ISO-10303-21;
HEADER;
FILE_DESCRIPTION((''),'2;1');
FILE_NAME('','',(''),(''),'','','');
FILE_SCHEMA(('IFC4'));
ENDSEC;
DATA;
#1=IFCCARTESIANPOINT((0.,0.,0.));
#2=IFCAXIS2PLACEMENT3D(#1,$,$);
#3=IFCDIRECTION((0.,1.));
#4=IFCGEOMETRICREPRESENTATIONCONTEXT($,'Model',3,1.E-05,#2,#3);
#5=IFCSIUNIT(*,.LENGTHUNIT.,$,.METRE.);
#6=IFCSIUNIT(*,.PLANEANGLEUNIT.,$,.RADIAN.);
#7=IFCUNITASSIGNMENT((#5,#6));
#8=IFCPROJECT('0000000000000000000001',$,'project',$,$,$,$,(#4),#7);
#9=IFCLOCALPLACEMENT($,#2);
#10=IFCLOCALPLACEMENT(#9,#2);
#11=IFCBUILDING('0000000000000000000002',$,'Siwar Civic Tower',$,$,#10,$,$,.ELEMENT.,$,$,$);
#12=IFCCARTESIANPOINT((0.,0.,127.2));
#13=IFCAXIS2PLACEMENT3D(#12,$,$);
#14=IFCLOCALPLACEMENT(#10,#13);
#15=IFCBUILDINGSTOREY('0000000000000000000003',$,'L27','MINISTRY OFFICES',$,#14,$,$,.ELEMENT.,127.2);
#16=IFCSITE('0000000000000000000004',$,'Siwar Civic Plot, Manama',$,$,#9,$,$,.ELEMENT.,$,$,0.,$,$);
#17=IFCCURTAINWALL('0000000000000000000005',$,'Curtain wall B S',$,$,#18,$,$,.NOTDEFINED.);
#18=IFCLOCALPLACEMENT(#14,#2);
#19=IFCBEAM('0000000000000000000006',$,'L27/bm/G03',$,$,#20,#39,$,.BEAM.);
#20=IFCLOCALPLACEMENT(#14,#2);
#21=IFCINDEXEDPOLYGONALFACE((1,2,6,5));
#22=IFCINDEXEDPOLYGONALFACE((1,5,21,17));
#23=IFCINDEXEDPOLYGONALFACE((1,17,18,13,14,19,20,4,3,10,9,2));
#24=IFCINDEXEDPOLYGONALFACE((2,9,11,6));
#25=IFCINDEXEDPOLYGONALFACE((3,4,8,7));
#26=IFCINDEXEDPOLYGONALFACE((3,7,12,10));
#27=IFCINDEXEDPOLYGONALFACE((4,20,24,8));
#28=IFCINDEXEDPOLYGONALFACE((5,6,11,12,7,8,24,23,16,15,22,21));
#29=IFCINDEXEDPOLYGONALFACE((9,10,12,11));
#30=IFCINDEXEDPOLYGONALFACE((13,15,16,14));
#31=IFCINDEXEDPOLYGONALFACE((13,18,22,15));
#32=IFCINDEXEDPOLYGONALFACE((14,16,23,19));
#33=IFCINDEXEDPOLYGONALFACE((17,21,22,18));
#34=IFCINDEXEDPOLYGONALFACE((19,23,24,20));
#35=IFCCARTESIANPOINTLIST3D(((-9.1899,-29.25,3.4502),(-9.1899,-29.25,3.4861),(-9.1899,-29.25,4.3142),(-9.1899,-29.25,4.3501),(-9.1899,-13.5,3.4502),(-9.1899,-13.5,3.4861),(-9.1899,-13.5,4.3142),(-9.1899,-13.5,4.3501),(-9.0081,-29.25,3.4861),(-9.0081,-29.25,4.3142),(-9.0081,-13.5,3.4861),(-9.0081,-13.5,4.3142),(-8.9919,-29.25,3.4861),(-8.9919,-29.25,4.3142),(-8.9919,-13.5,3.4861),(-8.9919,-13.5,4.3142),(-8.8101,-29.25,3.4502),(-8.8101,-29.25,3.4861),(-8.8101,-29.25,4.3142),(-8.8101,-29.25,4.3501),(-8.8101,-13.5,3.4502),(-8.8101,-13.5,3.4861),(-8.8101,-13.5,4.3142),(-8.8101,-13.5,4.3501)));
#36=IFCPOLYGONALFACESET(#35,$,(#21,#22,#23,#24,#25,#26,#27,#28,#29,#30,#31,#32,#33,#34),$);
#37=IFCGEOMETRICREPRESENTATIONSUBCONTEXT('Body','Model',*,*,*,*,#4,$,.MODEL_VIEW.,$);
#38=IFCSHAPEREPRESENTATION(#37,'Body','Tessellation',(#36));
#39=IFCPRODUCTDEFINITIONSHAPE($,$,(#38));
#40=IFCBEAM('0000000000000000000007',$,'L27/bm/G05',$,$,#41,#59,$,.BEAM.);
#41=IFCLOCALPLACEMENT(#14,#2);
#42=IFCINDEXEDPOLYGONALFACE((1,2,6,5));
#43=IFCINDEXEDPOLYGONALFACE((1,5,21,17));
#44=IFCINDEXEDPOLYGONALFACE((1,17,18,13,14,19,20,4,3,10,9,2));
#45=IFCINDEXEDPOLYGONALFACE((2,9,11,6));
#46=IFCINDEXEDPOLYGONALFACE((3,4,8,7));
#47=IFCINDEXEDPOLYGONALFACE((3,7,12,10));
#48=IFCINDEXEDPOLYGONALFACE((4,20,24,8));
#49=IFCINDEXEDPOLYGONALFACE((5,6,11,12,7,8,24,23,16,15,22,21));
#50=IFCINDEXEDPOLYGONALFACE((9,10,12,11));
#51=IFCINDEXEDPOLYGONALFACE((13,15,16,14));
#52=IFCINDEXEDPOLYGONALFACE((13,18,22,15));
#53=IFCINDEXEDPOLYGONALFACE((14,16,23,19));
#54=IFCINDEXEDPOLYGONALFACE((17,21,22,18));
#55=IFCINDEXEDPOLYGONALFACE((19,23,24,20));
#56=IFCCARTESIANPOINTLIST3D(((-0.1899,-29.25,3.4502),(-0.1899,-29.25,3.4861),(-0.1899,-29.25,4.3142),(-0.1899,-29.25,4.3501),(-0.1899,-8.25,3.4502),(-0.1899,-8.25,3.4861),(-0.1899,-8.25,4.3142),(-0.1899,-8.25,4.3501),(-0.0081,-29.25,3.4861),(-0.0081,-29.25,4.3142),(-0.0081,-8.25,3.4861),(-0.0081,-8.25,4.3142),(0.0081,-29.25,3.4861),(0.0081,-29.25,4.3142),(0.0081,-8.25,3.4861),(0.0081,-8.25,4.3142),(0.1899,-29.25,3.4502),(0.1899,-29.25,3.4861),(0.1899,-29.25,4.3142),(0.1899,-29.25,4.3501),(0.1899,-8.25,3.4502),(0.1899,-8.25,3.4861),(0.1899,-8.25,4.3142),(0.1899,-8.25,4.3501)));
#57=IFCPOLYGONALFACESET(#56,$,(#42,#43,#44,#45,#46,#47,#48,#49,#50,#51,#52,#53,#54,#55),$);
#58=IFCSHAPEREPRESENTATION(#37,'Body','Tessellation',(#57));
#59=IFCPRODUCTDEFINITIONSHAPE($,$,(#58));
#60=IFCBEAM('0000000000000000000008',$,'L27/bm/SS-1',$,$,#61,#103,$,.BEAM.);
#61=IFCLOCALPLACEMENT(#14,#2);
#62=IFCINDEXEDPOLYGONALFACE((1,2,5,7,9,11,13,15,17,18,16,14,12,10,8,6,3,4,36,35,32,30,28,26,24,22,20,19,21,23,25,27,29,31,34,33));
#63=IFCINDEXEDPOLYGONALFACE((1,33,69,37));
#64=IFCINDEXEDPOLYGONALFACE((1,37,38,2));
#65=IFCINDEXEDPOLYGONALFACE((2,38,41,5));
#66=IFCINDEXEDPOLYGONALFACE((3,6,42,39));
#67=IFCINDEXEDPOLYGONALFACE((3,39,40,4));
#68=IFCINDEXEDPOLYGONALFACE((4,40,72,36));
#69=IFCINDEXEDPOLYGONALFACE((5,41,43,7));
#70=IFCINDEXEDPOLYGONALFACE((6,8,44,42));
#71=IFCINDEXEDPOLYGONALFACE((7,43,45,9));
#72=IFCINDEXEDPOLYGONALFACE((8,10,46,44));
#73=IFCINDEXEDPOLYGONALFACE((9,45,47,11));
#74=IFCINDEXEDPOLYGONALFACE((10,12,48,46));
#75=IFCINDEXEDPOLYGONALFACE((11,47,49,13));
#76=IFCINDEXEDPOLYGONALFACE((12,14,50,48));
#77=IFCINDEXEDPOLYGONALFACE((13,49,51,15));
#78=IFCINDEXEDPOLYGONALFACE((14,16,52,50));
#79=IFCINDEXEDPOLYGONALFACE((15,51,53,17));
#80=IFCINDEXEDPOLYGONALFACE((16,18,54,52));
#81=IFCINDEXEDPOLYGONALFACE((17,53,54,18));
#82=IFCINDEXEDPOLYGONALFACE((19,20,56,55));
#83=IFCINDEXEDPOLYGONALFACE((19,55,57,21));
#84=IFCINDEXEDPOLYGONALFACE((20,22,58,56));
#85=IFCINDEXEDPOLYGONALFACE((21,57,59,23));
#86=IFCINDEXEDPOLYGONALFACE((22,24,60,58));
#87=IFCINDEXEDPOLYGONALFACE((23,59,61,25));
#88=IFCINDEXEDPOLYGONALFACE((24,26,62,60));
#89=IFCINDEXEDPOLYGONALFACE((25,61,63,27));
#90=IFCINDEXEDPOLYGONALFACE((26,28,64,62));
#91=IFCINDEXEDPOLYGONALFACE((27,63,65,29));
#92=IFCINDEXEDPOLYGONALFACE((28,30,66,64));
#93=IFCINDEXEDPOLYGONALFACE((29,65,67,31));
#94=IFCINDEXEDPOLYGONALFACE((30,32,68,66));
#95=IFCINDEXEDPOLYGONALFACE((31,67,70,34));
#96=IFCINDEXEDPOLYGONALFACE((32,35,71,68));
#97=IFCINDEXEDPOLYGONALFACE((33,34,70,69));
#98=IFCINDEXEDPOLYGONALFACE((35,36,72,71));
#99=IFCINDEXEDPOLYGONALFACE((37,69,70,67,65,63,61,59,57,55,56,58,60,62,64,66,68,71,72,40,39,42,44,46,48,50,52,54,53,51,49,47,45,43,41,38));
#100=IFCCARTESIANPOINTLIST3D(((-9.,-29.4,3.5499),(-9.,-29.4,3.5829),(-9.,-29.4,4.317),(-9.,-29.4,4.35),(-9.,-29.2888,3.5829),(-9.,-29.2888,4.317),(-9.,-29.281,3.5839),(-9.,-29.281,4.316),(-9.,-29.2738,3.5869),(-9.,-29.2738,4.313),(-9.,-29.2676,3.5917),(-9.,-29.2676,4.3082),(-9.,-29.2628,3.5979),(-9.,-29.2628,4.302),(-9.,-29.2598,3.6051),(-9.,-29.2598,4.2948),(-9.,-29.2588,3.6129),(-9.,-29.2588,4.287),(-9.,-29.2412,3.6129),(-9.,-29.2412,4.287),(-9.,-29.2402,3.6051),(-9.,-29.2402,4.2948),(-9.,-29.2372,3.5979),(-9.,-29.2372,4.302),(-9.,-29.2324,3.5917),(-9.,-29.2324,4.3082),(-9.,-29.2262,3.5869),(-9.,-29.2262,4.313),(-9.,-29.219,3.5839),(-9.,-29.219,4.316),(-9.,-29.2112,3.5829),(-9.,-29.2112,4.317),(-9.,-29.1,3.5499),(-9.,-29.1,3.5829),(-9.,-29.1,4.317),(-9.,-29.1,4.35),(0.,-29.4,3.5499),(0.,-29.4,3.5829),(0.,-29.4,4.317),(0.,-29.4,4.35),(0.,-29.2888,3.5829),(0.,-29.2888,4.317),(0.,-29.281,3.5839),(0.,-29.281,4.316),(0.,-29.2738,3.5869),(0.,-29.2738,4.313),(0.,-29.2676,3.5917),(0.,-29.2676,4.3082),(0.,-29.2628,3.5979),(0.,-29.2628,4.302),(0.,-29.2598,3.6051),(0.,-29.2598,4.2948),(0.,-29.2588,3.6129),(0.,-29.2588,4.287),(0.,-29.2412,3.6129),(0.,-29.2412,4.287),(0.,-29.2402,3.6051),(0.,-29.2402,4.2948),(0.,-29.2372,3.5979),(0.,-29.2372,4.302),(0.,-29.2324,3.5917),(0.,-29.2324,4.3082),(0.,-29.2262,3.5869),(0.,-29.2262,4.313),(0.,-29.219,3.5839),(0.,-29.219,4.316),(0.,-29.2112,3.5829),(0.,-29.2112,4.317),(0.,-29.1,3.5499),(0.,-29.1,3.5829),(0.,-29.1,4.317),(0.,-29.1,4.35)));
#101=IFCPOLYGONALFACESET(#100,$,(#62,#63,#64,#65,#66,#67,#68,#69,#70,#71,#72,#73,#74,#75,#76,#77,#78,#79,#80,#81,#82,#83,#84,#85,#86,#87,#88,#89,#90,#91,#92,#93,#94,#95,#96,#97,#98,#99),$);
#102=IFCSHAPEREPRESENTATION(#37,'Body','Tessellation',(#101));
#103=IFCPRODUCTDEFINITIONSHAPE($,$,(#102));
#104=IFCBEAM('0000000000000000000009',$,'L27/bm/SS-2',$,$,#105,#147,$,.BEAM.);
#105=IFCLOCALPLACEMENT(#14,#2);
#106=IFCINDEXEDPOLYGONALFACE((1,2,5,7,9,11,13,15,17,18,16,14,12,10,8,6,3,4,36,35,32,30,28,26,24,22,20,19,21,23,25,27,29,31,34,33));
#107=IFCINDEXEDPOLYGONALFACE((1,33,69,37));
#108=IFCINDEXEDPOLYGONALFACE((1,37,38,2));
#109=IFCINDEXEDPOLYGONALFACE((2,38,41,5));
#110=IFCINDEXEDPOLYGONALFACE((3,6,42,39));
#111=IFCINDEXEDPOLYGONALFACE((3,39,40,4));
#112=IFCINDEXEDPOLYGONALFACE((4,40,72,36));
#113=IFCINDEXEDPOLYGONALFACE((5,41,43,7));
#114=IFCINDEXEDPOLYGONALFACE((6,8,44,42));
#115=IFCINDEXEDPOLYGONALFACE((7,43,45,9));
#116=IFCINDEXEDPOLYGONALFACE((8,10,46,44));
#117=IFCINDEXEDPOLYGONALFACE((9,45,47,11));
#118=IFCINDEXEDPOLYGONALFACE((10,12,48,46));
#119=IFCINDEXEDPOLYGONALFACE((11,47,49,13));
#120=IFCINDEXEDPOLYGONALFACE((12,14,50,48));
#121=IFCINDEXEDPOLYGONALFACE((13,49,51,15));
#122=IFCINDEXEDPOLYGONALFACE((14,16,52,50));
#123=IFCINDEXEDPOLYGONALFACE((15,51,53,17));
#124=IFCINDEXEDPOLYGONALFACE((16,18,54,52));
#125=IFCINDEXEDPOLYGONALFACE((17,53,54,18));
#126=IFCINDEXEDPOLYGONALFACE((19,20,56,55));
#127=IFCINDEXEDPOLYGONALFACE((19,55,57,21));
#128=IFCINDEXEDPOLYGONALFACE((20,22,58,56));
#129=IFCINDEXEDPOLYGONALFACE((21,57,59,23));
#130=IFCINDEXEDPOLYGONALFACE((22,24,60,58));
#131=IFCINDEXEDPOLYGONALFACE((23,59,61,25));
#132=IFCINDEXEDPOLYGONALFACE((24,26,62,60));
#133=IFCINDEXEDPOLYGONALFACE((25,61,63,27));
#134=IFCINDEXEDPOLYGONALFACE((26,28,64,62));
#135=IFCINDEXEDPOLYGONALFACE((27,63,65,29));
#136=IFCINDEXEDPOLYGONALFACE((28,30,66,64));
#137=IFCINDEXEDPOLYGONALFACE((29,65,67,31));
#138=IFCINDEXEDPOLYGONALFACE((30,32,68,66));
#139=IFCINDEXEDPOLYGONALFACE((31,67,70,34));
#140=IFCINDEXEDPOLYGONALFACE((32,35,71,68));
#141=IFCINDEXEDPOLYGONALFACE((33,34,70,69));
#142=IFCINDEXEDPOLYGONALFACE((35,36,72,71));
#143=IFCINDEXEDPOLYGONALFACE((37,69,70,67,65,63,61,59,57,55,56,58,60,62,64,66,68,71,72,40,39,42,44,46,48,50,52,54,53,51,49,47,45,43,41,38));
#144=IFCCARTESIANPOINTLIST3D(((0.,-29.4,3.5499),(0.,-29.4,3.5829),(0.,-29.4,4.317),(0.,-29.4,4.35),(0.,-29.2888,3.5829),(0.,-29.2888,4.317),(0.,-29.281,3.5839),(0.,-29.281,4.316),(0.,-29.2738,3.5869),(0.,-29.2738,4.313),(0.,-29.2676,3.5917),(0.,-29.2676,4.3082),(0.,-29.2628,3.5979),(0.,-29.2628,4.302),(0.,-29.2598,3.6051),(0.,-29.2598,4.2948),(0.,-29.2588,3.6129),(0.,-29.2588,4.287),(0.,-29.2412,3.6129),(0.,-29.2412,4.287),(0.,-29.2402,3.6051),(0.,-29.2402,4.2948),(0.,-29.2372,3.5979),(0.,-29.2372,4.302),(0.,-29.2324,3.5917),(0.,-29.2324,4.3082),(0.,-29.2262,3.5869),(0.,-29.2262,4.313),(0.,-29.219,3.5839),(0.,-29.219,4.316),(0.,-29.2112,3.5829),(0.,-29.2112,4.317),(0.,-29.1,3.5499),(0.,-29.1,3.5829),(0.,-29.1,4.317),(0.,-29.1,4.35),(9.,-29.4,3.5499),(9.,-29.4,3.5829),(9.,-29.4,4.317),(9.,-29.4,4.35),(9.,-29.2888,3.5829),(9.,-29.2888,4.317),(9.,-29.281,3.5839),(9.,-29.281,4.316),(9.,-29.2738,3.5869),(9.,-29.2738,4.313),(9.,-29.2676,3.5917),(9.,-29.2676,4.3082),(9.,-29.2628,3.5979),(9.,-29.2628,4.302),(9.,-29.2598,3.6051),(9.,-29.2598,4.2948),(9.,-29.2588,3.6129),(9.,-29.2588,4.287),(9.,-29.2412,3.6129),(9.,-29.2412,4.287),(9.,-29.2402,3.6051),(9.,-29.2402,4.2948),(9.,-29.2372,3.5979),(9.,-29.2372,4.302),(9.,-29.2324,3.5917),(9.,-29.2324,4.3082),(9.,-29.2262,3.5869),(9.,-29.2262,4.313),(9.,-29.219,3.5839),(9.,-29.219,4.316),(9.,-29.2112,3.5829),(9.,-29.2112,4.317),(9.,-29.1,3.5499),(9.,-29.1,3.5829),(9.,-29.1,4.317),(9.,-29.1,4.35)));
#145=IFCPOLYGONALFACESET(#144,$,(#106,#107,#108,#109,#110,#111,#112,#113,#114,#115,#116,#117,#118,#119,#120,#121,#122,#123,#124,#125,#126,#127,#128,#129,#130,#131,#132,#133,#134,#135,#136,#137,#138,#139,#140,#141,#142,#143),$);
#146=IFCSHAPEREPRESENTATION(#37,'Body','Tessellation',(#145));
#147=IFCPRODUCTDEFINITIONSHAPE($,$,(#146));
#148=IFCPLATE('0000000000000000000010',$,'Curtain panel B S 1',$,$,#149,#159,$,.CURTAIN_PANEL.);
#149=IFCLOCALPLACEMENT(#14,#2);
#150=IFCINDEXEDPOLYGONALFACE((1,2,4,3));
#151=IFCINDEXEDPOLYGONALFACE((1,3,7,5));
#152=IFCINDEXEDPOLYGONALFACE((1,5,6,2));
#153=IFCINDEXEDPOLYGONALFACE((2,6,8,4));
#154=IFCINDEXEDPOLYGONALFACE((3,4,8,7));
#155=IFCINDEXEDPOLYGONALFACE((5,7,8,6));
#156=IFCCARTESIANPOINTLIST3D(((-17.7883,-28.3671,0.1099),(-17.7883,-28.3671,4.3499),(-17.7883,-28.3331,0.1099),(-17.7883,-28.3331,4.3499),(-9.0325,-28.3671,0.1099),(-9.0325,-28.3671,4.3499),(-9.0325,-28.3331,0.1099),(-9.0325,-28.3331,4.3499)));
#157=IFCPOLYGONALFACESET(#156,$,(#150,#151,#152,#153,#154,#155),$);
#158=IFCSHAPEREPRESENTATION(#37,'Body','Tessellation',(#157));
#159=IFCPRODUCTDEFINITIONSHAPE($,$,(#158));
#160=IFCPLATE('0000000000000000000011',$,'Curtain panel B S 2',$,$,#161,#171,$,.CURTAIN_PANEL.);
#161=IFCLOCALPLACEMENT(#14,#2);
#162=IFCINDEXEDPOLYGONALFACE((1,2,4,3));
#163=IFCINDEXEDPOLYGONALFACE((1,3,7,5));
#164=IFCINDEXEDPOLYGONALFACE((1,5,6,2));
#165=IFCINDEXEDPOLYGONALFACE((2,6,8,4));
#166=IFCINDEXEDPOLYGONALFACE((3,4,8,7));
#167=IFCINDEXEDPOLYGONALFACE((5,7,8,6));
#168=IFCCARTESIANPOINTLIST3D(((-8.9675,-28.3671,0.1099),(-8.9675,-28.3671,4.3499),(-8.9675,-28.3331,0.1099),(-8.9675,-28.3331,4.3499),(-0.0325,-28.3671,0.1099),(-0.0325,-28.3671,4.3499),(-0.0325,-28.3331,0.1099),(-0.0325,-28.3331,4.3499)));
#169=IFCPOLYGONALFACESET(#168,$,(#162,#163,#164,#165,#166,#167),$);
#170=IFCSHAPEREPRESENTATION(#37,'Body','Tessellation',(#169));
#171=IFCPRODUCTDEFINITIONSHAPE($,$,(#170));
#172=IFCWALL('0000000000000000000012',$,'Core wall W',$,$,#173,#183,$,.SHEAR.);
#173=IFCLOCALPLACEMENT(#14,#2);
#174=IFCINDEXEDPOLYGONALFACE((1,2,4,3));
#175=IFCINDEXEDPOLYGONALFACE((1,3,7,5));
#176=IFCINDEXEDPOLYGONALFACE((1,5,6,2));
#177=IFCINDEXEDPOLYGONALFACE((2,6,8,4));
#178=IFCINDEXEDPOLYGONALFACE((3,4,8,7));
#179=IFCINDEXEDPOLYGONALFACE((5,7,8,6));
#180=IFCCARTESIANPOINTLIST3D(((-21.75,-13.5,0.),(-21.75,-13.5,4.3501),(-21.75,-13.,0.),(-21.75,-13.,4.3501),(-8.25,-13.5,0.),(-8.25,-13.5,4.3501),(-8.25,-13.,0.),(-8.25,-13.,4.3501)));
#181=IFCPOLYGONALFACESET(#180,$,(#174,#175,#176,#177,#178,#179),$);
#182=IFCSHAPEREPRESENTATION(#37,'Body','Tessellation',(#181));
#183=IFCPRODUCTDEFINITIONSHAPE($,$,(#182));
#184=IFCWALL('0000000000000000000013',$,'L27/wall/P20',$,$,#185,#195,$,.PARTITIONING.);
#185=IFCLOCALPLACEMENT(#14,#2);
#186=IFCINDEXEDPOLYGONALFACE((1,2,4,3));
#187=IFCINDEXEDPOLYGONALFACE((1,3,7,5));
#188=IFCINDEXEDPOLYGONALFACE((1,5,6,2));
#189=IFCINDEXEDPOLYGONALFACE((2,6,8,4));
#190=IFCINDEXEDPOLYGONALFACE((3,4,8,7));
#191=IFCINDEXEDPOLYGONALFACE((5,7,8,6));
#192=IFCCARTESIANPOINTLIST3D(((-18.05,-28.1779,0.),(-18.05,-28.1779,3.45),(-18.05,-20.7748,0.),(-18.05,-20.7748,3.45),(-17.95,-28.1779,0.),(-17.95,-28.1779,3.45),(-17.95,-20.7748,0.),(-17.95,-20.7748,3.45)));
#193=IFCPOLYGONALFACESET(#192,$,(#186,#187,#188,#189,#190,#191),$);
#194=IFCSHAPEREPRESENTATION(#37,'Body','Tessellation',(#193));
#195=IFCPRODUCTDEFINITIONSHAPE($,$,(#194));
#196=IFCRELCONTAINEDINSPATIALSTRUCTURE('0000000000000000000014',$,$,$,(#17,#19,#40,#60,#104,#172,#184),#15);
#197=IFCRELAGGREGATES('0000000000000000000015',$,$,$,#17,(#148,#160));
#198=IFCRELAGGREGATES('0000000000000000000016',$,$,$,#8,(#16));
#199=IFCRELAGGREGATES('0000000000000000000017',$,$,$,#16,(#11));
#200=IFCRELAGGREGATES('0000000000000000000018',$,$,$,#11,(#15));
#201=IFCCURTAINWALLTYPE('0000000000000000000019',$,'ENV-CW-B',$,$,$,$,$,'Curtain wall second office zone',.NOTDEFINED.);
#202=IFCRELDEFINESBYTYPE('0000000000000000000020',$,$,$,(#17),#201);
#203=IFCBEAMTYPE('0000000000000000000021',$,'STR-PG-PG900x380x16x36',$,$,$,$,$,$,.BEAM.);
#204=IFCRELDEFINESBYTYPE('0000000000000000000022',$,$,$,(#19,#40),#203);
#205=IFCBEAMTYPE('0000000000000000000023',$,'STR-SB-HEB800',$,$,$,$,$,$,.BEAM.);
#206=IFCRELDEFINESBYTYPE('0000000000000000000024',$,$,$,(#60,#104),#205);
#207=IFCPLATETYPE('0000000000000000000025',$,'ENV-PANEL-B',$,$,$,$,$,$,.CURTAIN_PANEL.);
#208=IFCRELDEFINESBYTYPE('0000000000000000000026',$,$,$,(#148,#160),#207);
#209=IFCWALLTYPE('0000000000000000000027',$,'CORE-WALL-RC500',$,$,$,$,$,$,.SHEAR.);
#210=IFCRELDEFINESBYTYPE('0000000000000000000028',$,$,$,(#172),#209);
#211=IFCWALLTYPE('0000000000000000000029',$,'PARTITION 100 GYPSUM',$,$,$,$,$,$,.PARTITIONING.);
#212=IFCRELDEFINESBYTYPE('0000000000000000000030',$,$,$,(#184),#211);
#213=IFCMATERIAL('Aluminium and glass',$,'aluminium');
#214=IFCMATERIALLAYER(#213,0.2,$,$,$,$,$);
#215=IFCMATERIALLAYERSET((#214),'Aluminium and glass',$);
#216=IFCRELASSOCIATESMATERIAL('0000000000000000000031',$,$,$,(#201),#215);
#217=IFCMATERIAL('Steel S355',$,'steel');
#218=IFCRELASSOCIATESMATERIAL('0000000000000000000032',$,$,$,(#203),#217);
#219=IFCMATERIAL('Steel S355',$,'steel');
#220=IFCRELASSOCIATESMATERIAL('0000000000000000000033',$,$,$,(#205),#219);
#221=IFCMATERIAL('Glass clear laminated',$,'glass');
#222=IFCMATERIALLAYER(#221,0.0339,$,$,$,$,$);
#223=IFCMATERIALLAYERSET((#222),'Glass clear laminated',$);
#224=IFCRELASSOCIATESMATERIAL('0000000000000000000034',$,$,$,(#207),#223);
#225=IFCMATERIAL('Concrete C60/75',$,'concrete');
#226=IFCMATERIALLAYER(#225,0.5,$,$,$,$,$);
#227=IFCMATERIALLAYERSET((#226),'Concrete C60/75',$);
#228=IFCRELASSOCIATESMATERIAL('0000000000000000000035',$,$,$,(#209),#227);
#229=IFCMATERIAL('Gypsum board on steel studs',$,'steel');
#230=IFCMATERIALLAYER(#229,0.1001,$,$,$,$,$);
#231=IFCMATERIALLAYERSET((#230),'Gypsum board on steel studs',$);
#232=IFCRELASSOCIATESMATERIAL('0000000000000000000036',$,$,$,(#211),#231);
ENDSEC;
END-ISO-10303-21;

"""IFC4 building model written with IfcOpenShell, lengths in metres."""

from ifc_helpers import new_model, si_unit, direction, frame, frame_2d, origin, origin_2d, place, context, subcontext, project, spatial, rectangle, i_section, extrude, material, layer, layer_set, material_profile, profile_set, type_object, element, aggregate, save


model = new_model("IFC4")

# Units and contexts
model_context = context("Model", 3, precision=1e-05, world=origin(), true_north=direction((0.0, 1.0)))
body_context = subcontext(model_context, "Body", "Model", "MODEL_VIEW")
ifc_project = project(units=[si_unit("LENGTHUNIT", "METRE"), si_unit("PLANEANGLEUNIT", "RADIAN")], contexts=[model_context])

# Site, building, storey
site_placement = place(None, origin())
site = spatial("IfcSite", under=ifc_project, at=site_placement, Name="Siwar Civic Plot, Manama", CompositionType="ELEMENT", RefElevation=0.0)
building_placement = place(site_placement, origin())
building = spatial("IfcBuilding", under=site, at=building_placement, Name="Siwar Civic Tower", CompositionType="ELEMENT")
storey_placement = place(building_placement, frame((0.0, 0.0, 127.2)))
storey = spatial("IfcBuildingStorey", under=building, at=storey_placement, Name="L27", Description="MINISTRY OFFICES", CompositionType="ELEMENT", Elevation=127.2)

# Curtain wall
ifc_material_1 = material(Name="Aluminium and glass", Category="aluminium")
ifc_layer_1 = layer(ifc_material_1, 0.2)
ifc_layer_set_1 = layer_set([ifc_layer_1], Name="Aluminium and glass")
curtain_wall_type = type_object("IfcCurtainWallType", Name="ENV-CW-B", ElementType="Curtain wall second office zone", PredefinedType="NOTDEFINED", material=ifc_layer_set_1)
curtain_wall_placement = place(storey_placement, origin())
curtain_wall = element("IfcCurtainWall", 1, at=curtain_wall_placement, inside=storey, type_object=curtain_wall_type, Name="Curtain wall B S", PredefinedType="NOTDEFINED")

# Beams
ifc_material_2 = material(Name="Steel S355", Category="steel")
ifc_material_profile_1 = material_profile(ifc_material_2, i_section(OverallWidth=0.3799, OverallDepth=0.8999, WebThickness=0.0161, FlangeThickness=0.0359, at=origin_2d()), Name="PG900x380x16x36")
ifc_profile_set_1 = profile_set([ifc_material_profile_1], Name="Steel S355")
beam_type_1 = type_object("IfcBeamType", Name="STR-PG-PG900x380x16x36", PredefinedType="BEAM", material=ifc_profile_set_1)
beam_1_placement = place(storey_placement, frame((-9.0, -29.25, 3.9001), z_axis=(0.0, 1.0, 0.0), x_axis=(-1.0, 0.0, 0.0)))
element("IfcBeam", 2, at=beam_1_placement, inside=storey, type_object=beam_type_1, Name="L27/bm/G03", PredefinedType="BEAM", context=body_context, shape_type="SweptSolid", body=[
    extrude(i_section(OverallWidth=0.3799, OverallDepth=0.8999, WebThickness=0.0161, FlangeThickness=0.0359, at=origin_2d()), origin(), (0.0, 0.0, 1.0), 15.75),
])
beam_2_placement = place(storey_placement, frame((0.0, -29.25, 3.9001), z_axis=(0.0, 1.0, 0.0), x_axis=(-1.0, 0.0, 0.0)))
element("IfcBeam", 3, at=beam_2_placement, inside=storey, type_object=beam_type_1, Name="L27/bm/G05", PredefinedType="BEAM", context=body_context, shape_type="SweptSolid", body=[
    extrude(i_section(OverallWidth=0.3799, OverallDepth=0.8999, WebThickness=0.0161, FlangeThickness=0.0359, at=origin_2d()), origin(), (0.0, 0.0, 1.0), 21.0),
])
ifc_material_3 = material(Name="Steel S355", Category="steel")
ifc_material_profile_2 = material_profile(ifc_material_3, i_section(OverallWidth=0.3, OverallDepth=0.8, WebThickness=0.0176, FlangeThickness=0.033, FilletRadius=0.03, at=origin_2d()), Name="HEB800")
ifc_profile_set_2 = profile_set([ifc_material_profile_2], Name="Steel S355")
beam_type_2 = type_object("IfcBeamType", Name="STR-SB-HEB800", PredefinedType="BEAM", material=ifc_profile_set_2)
for number, where, z_axis, x_axis, name in (
    (4, (-9.0, -29.25, 3.95), (1.0, 0.0, 0.0), (0.0, 1.0, 0.0), "L27/bm/SS-1"),
    (5, (0.0, -29.25, 3.95), (1.0, 0.0, 0.0), (0.0, 1.0, 0.0), "L27/bm/SS-2"),
):
    element("IfcBeam", number, at=place(storey_placement, frame(where, z_axis=z_axis, x_axis=x_axis)), inside=storey, type_object=beam_type_2, Name=name, PredefinedType="BEAM", context=body_context, shape_type="SweptSolid", body=[
        extrude(i_section(OverallWidth=0.3, OverallDepth=0.8, WebThickness=0.0176, FlangeThickness=0.033, FilletRadius=0.03, at=origin_2d()), origin(), (0.0, 0.0, 1.0), 9.0),
    ])

# Plates
ifc_material_4 = material(Name="Glass clear laminated", Category="glass")
ifc_layer_2 = layer(ifc_material_4, 0.0339)
ifc_layer_set_2 = layer_set([ifc_layer_2], Name="Glass clear laminated")
plate_type = type_object("IfcPlateType", Name="ENV-PANEL-B", PredefinedType="CURTAIN_PANEL", material=ifc_layer_set_2)
plate_1_placement = place(storey_placement, frame((-13.4104, -28.3501, 0.1099), z_axis=(0.0, 0.0, 1.0), x_axis=(1.0, 0.0, 0.0)))
plate_1 = element("IfcPlate", 6, at=plate_1_placement, type_object=plate_type, Name="Curtain panel B S 1", PredefinedType="CURTAIN_PANEL", context=body_context, shape_type="SweptSolid", body=[
    extrude(rectangle(XDim=8.7559, YDim=0.0339, at=origin_2d()), origin(), (0.0, 0.0, 1.0), 4.24),
])
plate_2_placement = place(storey_placement, frame((-4.5, -28.3501, 0.1099), z_axis=(0.0, 0.0, 1.0), x_axis=(1.0, 0.0, 0.0)))
plate_2 = element("IfcPlate", 7, at=plate_2_placement, type_object=plate_type, Name="Curtain panel B S 2", PredefinedType="CURTAIN_PANEL", context=body_context, shape_type="SweptSolid", body=[
    extrude(rectangle(XDim=8.9351, YDim=0.0339, at=origin_2d()), origin(), (0.0, 0.0, 1.0), 4.24),
])
aggregate(curtain_wall, [plate_1, plate_2])

# Walls
ifc_material_5 = material(Name="Concrete C60/75", Category="concrete")
ifc_layer_3 = layer(ifc_material_5, 0.5)
ifc_layer_set_3 = layer_set([ifc_layer_3], Name="Concrete C60/75")
wall_type_1 = type_object("IfcWallType", Name="CORE-WALL-RC500", PredefinedType="SHEAR", material=ifc_layer_set_3)
wall_1_placement = place(storey_placement, frame((-8.25, -13.25, 0.0), z_axis=(0.0, 0.0, 1.0), x_axis=(-1.0, 0.0, 0.0)))
element("IfcWall", 8, at=wall_1_placement, inside=storey, type_object=wall_type_1, Name="Core wall W", PredefinedType="SHEAR", context=body_context, shape_type="SweptSolid", body=[
    extrude(rectangle(XDim=13.5, YDim=0.5, at=frame_2d((6.75, 0.0))), origin(), (0.0, 0.0, 1.0), 4.3501),
])
ifc_material_6 = material(Name="Gypsum board on steel studs", Category="steel")
ifc_layer_4 = layer(ifc_material_6, 0.1001)
ifc_layer_set_4 = layer_set([ifc_layer_4], Name="Gypsum board on steel studs")
wall_type_2 = type_object("IfcWallType", Name="PARTITION 100 GYPSUM", PredefinedType="PARTITIONING", material=ifc_layer_set_4)
wall_2_placement = place(storey_placement, frame((-18.0, -28.178, 0.0), z_axis=(0.0, 0.0, 1.0), x_axis=(0.0, 1.0, 0.0)))
element("IfcWall", 9, at=wall_2_placement, inside=storey, type_object=wall_type_2, Name="L27/wall/P20", PredefinedType="PARTITIONING", context=body_context, shape_type="SweptSolid", body=[
    extrude(rectangle(XDim=7.4031, YDim=0.1001, at=frame_2d((3.7017, 0.0))), origin(), (0.0, 0.0, 1.0), 3.45),
])

save(model, "model.ifc")
